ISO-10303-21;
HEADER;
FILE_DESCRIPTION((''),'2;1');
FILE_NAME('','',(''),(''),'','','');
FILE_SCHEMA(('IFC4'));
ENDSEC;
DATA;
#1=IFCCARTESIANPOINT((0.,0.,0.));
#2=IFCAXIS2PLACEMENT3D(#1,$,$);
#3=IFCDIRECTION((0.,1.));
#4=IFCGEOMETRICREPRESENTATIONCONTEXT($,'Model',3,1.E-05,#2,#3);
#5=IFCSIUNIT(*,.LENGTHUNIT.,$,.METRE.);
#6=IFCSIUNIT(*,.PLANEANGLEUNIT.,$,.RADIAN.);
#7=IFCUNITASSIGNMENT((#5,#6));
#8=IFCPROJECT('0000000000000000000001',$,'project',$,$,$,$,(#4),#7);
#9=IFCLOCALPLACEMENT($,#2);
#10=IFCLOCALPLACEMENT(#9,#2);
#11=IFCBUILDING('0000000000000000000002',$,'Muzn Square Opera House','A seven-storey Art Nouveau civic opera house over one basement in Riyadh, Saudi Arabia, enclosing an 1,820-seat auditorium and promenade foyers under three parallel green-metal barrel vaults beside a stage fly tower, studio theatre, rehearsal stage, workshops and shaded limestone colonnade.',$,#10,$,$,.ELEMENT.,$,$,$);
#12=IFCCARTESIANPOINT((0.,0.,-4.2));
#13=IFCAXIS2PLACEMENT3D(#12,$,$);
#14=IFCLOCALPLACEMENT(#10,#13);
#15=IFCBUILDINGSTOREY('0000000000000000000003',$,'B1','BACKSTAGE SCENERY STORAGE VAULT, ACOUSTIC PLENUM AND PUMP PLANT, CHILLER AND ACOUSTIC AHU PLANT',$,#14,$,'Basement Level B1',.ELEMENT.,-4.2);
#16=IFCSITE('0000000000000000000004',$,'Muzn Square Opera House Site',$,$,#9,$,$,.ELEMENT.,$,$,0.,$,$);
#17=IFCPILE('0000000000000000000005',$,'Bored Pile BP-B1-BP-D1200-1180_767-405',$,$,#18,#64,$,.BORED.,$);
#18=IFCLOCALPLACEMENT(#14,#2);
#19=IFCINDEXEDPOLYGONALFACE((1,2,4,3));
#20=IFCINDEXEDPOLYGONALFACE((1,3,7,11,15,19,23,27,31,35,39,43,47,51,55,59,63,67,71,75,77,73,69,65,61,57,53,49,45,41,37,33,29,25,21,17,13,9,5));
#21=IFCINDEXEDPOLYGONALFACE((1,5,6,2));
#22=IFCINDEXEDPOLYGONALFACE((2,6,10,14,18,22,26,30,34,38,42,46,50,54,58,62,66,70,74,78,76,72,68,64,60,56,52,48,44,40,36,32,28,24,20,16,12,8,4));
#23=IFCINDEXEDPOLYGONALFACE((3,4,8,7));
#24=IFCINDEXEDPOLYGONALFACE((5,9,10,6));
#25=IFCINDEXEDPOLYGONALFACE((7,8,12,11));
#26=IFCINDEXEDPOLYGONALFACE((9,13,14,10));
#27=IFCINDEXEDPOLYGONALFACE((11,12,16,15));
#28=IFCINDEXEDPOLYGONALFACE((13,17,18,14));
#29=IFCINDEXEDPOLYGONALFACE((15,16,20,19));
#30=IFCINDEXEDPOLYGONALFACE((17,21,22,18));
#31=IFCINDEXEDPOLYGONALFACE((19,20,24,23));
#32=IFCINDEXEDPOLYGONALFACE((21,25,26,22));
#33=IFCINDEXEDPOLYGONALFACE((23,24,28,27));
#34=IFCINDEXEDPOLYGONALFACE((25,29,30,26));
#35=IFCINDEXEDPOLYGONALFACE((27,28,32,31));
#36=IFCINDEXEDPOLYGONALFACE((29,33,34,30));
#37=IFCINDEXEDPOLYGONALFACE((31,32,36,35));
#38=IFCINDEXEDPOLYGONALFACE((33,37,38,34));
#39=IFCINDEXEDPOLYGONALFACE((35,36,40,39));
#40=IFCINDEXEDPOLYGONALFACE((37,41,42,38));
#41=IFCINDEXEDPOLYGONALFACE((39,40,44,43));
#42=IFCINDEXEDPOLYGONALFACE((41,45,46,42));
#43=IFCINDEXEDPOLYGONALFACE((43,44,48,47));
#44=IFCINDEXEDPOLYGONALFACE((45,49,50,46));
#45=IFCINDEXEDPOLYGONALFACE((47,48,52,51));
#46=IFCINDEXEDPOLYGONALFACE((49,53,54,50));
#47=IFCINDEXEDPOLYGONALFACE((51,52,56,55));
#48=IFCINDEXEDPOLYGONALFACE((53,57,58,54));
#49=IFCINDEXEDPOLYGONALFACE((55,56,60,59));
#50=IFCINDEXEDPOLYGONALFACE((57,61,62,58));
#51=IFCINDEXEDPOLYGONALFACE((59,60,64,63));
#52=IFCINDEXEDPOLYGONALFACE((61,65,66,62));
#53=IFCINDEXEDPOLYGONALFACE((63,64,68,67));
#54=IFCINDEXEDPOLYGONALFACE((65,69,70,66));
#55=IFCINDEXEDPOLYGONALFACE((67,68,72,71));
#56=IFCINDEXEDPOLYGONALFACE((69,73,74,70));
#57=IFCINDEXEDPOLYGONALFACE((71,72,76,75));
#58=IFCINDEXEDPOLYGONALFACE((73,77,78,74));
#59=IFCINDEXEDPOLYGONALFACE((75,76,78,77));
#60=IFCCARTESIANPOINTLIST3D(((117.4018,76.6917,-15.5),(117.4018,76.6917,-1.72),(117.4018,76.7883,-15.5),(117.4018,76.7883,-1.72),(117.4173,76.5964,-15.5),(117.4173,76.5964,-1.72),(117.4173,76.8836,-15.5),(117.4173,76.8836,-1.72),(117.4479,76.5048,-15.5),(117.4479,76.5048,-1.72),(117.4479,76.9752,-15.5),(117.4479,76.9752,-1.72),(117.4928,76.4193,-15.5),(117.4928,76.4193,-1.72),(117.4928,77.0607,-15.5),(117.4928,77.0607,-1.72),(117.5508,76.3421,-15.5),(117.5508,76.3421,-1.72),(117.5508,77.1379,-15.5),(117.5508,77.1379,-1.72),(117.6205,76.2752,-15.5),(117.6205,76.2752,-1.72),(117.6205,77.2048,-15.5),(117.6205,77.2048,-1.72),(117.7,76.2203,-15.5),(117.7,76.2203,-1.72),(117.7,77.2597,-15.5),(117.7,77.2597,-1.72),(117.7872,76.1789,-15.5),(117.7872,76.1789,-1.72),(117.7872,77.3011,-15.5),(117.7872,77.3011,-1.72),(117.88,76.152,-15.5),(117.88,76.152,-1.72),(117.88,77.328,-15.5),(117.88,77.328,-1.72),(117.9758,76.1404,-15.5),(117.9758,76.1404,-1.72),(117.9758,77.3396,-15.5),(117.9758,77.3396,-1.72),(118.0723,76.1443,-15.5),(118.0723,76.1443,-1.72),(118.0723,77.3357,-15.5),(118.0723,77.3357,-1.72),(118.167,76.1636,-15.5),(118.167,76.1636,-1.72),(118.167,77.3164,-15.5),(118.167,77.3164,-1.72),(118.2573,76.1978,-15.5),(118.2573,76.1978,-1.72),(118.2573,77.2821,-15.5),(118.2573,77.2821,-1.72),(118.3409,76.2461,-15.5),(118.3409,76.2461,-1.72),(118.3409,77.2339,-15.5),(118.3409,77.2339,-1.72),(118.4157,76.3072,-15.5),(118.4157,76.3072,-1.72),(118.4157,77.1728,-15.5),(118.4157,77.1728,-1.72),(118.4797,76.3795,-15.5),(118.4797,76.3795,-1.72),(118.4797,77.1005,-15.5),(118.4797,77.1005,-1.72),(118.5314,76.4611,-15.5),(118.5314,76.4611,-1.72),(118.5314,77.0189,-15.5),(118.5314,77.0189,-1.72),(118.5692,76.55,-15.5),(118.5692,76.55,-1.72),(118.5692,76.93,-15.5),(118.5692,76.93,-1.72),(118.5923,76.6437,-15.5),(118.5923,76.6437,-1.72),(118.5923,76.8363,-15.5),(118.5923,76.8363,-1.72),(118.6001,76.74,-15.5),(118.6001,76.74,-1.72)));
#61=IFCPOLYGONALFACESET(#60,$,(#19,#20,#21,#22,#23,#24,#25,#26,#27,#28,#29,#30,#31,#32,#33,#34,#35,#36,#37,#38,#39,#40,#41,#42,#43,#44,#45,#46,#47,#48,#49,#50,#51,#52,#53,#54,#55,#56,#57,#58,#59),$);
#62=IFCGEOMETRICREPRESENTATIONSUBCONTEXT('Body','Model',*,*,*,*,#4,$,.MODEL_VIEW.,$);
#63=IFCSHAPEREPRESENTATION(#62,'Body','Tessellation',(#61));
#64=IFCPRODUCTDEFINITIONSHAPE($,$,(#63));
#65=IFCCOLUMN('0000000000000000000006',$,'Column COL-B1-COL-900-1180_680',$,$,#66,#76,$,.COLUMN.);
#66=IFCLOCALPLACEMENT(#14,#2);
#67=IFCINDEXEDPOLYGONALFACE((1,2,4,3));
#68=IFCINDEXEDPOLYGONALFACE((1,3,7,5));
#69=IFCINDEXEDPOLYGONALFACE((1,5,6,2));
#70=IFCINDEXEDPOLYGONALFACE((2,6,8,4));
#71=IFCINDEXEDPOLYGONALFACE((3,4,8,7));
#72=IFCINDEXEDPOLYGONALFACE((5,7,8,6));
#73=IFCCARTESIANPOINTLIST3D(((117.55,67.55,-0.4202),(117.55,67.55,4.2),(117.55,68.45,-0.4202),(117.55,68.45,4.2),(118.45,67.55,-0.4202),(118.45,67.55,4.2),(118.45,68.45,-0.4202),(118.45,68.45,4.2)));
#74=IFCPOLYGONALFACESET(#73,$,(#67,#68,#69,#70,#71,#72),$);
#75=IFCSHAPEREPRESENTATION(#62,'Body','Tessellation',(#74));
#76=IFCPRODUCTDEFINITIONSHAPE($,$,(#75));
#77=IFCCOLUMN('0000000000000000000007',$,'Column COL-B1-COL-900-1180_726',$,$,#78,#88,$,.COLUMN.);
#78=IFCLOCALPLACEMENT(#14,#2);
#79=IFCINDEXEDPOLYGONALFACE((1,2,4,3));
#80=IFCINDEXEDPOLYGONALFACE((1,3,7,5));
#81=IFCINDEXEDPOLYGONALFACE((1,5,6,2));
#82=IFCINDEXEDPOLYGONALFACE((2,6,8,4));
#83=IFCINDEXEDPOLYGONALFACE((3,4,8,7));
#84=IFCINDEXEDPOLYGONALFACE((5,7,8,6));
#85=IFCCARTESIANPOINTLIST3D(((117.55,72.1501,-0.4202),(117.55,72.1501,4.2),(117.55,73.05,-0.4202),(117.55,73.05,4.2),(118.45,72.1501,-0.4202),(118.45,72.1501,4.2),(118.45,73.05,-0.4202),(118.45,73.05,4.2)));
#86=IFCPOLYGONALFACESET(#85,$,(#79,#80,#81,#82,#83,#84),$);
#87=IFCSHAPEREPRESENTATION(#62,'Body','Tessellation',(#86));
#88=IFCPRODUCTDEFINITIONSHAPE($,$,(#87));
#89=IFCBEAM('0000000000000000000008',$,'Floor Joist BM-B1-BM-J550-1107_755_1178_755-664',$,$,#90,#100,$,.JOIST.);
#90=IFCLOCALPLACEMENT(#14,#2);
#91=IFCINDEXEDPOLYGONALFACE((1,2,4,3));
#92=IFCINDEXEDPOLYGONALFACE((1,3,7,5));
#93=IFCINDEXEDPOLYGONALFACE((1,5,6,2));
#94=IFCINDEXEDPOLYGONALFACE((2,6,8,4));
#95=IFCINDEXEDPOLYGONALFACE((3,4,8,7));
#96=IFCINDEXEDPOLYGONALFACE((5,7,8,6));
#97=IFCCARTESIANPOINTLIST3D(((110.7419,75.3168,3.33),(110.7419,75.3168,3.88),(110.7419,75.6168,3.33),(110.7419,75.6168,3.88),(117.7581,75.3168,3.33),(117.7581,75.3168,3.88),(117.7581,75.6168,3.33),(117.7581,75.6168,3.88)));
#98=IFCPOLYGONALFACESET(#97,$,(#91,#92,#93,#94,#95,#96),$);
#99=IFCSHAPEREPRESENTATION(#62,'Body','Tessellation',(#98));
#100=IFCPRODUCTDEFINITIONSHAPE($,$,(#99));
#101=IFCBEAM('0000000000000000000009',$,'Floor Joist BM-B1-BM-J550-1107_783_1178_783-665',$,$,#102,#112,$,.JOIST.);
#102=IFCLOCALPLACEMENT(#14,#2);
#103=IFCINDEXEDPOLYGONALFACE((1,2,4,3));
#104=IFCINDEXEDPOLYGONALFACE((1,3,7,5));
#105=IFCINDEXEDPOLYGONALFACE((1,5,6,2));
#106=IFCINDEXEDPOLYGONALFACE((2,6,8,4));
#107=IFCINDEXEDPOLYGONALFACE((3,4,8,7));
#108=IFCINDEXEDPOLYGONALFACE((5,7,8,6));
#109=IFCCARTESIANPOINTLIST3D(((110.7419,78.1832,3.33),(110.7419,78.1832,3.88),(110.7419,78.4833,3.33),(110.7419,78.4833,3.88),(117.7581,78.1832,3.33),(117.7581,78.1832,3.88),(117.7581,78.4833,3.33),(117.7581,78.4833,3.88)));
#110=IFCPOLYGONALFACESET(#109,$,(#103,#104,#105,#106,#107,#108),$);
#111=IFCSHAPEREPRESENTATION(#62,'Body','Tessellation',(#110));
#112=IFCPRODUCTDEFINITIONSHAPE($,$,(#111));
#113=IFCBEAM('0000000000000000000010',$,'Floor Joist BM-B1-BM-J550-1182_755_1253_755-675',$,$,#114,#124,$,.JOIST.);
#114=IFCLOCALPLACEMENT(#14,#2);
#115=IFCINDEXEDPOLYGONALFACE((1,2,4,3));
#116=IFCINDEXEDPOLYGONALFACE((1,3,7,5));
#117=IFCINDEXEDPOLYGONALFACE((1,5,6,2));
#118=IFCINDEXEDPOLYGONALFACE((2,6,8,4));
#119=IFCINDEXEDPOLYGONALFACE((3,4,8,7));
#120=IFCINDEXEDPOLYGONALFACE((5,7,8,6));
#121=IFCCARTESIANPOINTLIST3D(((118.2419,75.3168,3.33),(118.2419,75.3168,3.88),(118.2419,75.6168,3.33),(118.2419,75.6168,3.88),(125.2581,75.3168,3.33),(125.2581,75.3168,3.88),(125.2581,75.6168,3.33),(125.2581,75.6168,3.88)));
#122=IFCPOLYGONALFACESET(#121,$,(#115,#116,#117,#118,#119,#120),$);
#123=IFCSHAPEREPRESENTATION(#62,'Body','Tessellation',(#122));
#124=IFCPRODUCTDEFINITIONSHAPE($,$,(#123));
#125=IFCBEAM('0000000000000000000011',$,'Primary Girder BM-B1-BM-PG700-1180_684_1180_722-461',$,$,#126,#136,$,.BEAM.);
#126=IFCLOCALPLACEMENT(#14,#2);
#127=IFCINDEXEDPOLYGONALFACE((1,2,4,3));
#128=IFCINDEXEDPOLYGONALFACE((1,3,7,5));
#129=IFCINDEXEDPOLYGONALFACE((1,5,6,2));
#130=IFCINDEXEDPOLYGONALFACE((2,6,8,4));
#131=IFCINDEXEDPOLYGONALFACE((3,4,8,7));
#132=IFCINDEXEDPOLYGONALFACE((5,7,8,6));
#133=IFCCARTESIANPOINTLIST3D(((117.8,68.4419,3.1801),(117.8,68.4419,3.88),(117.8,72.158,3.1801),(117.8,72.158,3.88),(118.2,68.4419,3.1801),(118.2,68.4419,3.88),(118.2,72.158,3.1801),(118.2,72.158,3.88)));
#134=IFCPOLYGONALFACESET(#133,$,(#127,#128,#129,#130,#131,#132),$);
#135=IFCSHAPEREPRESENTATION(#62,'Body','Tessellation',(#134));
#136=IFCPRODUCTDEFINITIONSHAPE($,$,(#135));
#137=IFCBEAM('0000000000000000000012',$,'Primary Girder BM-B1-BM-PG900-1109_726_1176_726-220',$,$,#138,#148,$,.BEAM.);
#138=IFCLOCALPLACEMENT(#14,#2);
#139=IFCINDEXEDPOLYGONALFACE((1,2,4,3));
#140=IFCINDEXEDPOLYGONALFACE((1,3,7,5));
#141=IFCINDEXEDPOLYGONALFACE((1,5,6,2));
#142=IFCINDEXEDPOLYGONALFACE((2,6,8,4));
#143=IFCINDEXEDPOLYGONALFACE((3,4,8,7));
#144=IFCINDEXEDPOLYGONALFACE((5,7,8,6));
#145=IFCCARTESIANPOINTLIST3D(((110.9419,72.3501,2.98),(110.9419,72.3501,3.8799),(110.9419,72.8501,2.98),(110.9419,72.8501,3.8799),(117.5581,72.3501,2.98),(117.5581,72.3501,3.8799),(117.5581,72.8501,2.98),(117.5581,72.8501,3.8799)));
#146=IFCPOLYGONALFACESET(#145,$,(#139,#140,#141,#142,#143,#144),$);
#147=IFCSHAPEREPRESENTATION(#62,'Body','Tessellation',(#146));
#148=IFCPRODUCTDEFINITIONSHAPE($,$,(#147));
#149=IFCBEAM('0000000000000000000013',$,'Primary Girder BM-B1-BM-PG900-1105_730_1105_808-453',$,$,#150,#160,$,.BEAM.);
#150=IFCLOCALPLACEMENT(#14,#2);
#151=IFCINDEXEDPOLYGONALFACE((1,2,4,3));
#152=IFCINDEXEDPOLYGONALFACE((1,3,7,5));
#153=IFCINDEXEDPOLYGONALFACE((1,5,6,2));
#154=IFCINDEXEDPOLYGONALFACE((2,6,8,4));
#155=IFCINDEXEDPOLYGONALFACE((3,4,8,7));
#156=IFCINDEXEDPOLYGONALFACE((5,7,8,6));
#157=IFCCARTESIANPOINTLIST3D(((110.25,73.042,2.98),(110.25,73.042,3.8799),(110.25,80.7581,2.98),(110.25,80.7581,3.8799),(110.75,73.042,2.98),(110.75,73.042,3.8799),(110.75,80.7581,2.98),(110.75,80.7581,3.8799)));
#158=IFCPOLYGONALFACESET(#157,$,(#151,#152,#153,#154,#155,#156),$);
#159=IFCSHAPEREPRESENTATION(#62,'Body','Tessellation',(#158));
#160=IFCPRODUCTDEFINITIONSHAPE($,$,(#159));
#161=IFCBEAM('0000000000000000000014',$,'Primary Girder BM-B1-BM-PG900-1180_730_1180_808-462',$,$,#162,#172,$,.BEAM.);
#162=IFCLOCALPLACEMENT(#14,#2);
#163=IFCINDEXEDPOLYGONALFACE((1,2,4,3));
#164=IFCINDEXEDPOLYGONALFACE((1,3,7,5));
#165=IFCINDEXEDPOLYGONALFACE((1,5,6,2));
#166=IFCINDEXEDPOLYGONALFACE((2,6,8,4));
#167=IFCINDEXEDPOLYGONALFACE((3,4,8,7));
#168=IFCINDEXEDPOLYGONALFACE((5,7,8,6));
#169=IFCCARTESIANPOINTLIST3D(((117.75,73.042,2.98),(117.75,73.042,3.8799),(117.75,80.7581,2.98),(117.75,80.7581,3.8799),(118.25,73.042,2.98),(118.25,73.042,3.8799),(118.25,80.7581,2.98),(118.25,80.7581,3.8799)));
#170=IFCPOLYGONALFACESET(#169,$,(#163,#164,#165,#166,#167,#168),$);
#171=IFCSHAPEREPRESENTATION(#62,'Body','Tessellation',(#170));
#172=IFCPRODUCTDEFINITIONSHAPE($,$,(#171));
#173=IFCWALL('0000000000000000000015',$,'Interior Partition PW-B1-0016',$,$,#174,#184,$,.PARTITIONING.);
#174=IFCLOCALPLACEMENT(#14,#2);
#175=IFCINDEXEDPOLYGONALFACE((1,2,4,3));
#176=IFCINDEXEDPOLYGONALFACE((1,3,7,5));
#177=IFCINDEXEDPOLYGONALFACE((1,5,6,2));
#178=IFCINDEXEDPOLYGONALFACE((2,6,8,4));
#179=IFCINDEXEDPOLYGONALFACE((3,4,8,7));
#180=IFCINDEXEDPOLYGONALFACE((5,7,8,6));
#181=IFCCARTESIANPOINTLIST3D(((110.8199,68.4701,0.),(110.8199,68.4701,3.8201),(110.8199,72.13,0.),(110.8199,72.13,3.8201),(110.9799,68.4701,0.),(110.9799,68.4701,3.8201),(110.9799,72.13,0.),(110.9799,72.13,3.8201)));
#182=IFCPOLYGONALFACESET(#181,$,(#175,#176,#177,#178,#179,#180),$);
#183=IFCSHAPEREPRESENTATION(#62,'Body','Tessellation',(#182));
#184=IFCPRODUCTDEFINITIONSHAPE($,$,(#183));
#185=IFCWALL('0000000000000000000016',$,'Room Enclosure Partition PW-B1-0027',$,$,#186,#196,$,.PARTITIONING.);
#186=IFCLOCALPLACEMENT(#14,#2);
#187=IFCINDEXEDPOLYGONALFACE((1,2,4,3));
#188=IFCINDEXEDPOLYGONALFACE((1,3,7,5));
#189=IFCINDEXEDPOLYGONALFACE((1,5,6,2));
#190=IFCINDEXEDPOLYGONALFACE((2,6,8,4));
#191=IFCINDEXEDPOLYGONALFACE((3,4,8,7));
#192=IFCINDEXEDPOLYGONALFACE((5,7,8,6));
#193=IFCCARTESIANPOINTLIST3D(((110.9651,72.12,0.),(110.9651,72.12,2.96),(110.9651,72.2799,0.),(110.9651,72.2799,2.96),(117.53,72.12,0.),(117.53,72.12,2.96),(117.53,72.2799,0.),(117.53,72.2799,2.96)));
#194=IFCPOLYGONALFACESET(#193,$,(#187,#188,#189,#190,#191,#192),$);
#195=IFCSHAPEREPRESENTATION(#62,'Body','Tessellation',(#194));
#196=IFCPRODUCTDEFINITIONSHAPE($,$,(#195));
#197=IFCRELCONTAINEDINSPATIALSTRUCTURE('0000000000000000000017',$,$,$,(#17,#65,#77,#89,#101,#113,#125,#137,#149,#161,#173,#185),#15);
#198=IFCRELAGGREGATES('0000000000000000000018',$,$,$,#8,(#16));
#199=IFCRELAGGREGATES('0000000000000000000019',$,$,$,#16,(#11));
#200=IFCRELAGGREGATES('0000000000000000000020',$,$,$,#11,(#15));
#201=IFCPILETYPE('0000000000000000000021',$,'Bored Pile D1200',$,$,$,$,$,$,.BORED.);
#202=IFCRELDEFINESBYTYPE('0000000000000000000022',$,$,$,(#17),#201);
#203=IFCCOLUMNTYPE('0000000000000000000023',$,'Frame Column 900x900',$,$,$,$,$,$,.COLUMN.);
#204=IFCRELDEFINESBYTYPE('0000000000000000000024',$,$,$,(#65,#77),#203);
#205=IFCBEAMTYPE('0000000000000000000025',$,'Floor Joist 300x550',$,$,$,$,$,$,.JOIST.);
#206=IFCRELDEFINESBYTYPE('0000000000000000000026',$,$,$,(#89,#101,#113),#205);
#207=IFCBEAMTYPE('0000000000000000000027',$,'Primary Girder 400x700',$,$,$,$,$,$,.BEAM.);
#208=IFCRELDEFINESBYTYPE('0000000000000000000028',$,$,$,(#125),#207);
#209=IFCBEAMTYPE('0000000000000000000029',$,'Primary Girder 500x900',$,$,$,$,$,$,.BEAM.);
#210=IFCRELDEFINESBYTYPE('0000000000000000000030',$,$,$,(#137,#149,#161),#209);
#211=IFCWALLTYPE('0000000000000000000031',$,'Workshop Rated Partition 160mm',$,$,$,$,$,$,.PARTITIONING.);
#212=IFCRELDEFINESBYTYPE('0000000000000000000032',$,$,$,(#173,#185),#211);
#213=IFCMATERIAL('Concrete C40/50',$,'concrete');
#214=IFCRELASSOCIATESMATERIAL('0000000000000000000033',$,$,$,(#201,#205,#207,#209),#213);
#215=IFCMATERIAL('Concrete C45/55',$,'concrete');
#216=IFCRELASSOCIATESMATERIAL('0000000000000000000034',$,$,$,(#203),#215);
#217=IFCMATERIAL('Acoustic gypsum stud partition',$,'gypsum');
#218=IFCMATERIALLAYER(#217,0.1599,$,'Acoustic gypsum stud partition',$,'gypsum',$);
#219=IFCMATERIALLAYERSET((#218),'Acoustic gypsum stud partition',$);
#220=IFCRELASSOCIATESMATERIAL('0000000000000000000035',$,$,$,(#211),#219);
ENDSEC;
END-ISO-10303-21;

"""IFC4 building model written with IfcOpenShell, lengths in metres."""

from ifc_helpers import new_model, si_unit, direction, frame, frame_2d, origin, origin_2d, place, context, subcontext, project, spatial, rectangle, circle, extrude, material, layer, layer_set, material_profile, profile_set, type_object, element, save


model = new_model("IFC4")

# Units and contexts
model_context = context("Model", 3, precision=1e-05, world=origin(), true_north=direction((0.0, 1.0)))
body_context = subcontext(model_context, "Body", "Model", "MODEL_VIEW")
ifc_project = project(units=[si_unit("LENGTHUNIT", "METRE"), si_unit("PLANEANGLEUNIT", "RADIAN")], contexts=[model_context])

# Site, building, storey
site_placement = place(None, origin())
site = spatial("IfcSite", under=ifc_project, at=site_placement, Name="Muzn Square Opera House Site", CompositionType="ELEMENT", RefElevation=0.0)
building_placement = place(site_placement, origin())
building = spatial("IfcBuilding", under=site, at=building_placement, Name="Muzn Square Opera House", Description="A seven-storey Art Nouveau civic opera house over one basement in Riyadh, Saudi Arabia, enclosing an 1,820-seat auditorium and promenade foyers under three parallel green-metal barrel vaults beside a stage fly tower, studio theatre, rehearsal stage, workshops and shaded limestone colonnade.", CompositionType="ELEMENT")
storey_placement = place(building_placement, frame((0.0, 0.0, -4.2)))
storey = spatial("IfcBuildingStorey", under=building, at=storey_placement, Name="B1", Description="BACKSTAGE SCENERY STORAGE VAULT, ACOUSTIC PLENUM AND PUMP PLANT, CHILLER AND ACOUSTIC AHU PLANT", LongName="Basement Level B1", CompositionType="ELEMENT", Elevation=-4.2)

# Pile
ifc_material_1 = material(Name="Concrete C40/50", Category="concrete")
ifc_material_profile_1 = material_profile(ifc_material_1, circle(Radius=0.6001, at=origin_2d()), Name="BORED PILE D1200", Category="concrete")
ifc_profile_set_1 = profile_set([ifc_material_profile_1], Name="Concrete C40/50")
pile_type = type_object("IfcPileType", Name="Bored Pile D1200", PredefinedType="BORED", material=ifc_profile_set_1)
for number, where, z_axis, x_axis, name in (
    (1, (118.0, 76.74, -1.72), (0.0, 0.0, -1.0), (1.0, 0.0, 0.0), "Bored Pile BP-B1-BP-D1200-1180_767-405"),
):
    element("IfcPile", number, at=place(storey_placement, frame(where, z_axis=z_axis, x_axis=x_axis)), inside=storey, type_object=pile_type, Name=name, PredefinedType="BORED", context=body_context, shape_type="SweptSolid", body=[
        extrude(circle(Radius=0.6001, at=origin_2d()), origin(), (0.0, 0.0, 1.0), 13.78),
    ])

# Columns
ifc_material_2 = material(Name="Concrete C45/55", Category="concrete")
ifc_material_profile_2 = material_profile(ifc_material_2, rectangle(XDim=0.8999, YDim=0.8999, at=origin_2d()), Name="RC 900x900", Category="concrete")
ifc_profile_set_2 = profile_set([ifc_material_profile_2], Name="Concrete C45/55")
column_type = type_object("IfcColumnType", Name="Frame Column 900x900", PredefinedType="COLUMN", material=ifc_profile_set_2)
for number, where, z_axis, x_axis, name in (
    (2, (118.0, 68.0, -0.4202), (0.0, 0.0, 1.0), (1.0, 0.0, 0.0), "Column COL-B1-COL-900-1180_680"),
    (3, (118.0, 72.6001, -0.4202), (0.0, 0.0, 1.0), (1.0, 0.0, 0.0), "Column COL-B1-COL-900-1180_726"),
):
    element("IfcColumn", number, at=place(storey_placement, frame(where, z_axis=z_axis, x_axis=x_axis)), inside=storey, type_object=column_type, Name=name, PredefinedType="COLUMN", context=body_context, shape_type="SweptSolid", body=[
        extrude(rectangle(XDim=0.8999, YDim=0.8999, at=origin_2d()), origin(), (0.0, 0.0, 1.0), 4.6201),
    ])

# Beams
ifc_material_profile_3 = material_profile(ifc_material_1, rectangle(XDim=0.3, YDim=0.55, at=origin_2d()), Name="RCJ 300x550", Category="concrete")
ifc_profile_set_3 = profile_set([ifc_material_profile_3], Name="Concrete C40/50")
beam_type_1 = type_object("IfcBeamType", Name="Floor Joist 300x550", PredefinedType="JOIST", material=ifc_profile_set_3)
for number, where, z_axis, x_axis, name in (
    (4, (110.7419, 75.4668, 3.605), (1.0, 0.0, 0.0), (0.0, 1.0, 0.0), "Floor Joist BM-B1-BM-J550-1107_755_1178_755-664"),
    (5, (110.7419, 78.3333, 3.605), (1.0, 0.0, 0.0), (0.0, 1.0, 0.0), "Floor Joist BM-B1-BM-J550-1107_783_1178_783-665"),
    (6, (118.2419, 75.4668, 3.605), (1.0, 0.0, 0.0), (0.0, 1.0, 0.0), "Floor Joist BM-B1-BM-J550-1182_755_1253_755-675"),
):
    element("IfcBeam", number, at=place(storey_placement, frame(where, z_axis=z_axis, x_axis=x_axis)), inside=storey, type_object=beam_type_1, Name=name, PredefinedType="JOIST", context=body_context, shape_type="SweptSolid", body=[
        extrude(rectangle(XDim=0.3, YDim=0.55, at=origin_2d()), origin(), (0.0, 0.0, 1.0), 7.0161),
    ])
ifc_material_profile_4 = material_profile(ifc_material_1, rectangle(XDim=0.3999, YDim=0.7, at=origin_2d()), Name="RCB 400x700", Category="concrete")
ifc_profile_set_4 = profile_set([ifc_material_profile_4], Name="Concrete C40/50")
beam_type_2 = type_object("IfcBeamType", Name="Primary Girder 400x700", PredefinedType="BEAM", material=ifc_profile_set_4)
beam_1_placement = place(storey_placement, frame((118.0, 68.4419, 3.53), z_axis=(0.0, 1.0, 0.0), x_axis=(-1.0, 0.0, 0.0)))
element("IfcBeam", 7, at=beam_1_placement, inside=storey, type_object=beam_type_2, Name="Primary Girder BM-B1-BM-PG700-1180_684_1180_722-461", PredefinedType="BEAM", context=body_context, shape_type="SweptSolid", body=[
    extrude(rectangle(XDim=0.3999, YDim=0.7, at=origin_2d()), origin(), (0.0, 0.0, 1.0), 3.7161),
])
ifc_material_profile_5 = material_profile(ifc_material_1, rectangle(XDim=0.5, YDim=0.8999, at=origin_2d()), Name="RCB 500x900", Category="concrete")
ifc_profile_set_5 = profile_set([ifc_material_profile_5], Name="Concrete C40/50")
beam_type_3 = type_object("IfcBeamType", Name="Primary Girder 500x900", PredefinedType="BEAM", material=ifc_profile_set_5)
beam_2_placement = place(storey_placement, frame((110.9419, 72.6001, 3.4299), z_axis=(1.0, 0.0, 0.0), x_axis=(0.0, 1.0, 0.0)))
element("IfcBeam", 8, at=beam_2_placement, inside=storey, type_object=beam_type_3, Name="Primary Girder BM-B1-BM-PG900-1109_726_1176_726-220", PredefinedType="BEAM", context=body_context, shape_type="SweptSolid", body=[
    extrude(rectangle(XDim=0.5, YDim=0.8999, at=origin_2d()), origin(), (0.0, 0.0, 1.0), 6.6162),
])
for number, where, z_axis, x_axis, name in (
    (9, (110.5, 73.042, 3.4299), (0.0, 1.0, 0.0), (-1.0, 0.0, 0.0), "Primary Girder BM-B1-BM-PG900-1105_730_1105_808-453"),
    (10, (118.0, 73.042, 3.4299), (0.0, 1.0, 0.0), (-1.0, 0.0, 0.0), "Primary Girder BM-B1-BM-PG900-1180_730_1180_808-462"),
):
    element("IfcBeam", number, at=place(storey_placement, frame(where, z_axis=z_axis, x_axis=x_axis)), inside=storey, type_object=beam_type_3, Name=name, PredefinedType="BEAM", context=body_context, shape_type="SweptSolid", body=[
        extrude(rectangle(XDim=0.5, YDim=0.8999, at=origin_2d()), origin(), (0.0, 0.0, 1.0), 7.7161),
    ])

# Walls
ifc_material_3 = material(Name="Acoustic gypsum stud partition", Category="gypsum")
ifc_layer = layer(ifc_material_3, 0.1599, Name="Acoustic gypsum stud partition", Category="gypsum")
ifc_layer_set = layer_set([ifc_layer], Name="Acoustic gypsum stud partition")
wall_type = type_object("IfcWallType", Name="Workshop Rated Partition 160mm", PredefinedType="PARTITIONING", material=ifc_layer_set)
wall_1_placement = place(storey_placement, frame((110.8999, 68.47, 0.0), z_axis=(0.0, 0.0, 1.0), x_axis=(0.0, 1.0, 0.0)))
element("IfcWall", 11, at=wall_1_placement, inside=storey, type_object=wall_type, Name="Interior Partition PW-B1-0016", PredefinedType="PARTITIONING", context=body_context, shape_type="SweptSolid", body=[
    extrude(rectangle(XDim=3.6599, YDim=0.1599, at=frame_2d((1.8301, 0.0))), origin(), (0.0, 0.0, 1.0), 3.8201),
])
wall_2_placement = place(storey_placement, frame((110.9651, 72.2, 0.0), z_axis=(0.0, 0.0, 1.0), x_axis=(1.0, 0.0, 0.0)))
element("IfcWall", 12, at=wall_2_placement, inside=storey, type_object=wall_type, Name="Room Enclosure Partition PW-B1-0027", PredefinedType="PARTITIONING", context=body_context, shape_type="SweptSolid", body=[
    extrude(rectangle(XDim=6.5649, YDim=0.1599, at=frame_2d((3.2825, 0.0))), origin(), (0.0, 0.0, 1.0), 2.96),
])

save(model, "model.ifc")
